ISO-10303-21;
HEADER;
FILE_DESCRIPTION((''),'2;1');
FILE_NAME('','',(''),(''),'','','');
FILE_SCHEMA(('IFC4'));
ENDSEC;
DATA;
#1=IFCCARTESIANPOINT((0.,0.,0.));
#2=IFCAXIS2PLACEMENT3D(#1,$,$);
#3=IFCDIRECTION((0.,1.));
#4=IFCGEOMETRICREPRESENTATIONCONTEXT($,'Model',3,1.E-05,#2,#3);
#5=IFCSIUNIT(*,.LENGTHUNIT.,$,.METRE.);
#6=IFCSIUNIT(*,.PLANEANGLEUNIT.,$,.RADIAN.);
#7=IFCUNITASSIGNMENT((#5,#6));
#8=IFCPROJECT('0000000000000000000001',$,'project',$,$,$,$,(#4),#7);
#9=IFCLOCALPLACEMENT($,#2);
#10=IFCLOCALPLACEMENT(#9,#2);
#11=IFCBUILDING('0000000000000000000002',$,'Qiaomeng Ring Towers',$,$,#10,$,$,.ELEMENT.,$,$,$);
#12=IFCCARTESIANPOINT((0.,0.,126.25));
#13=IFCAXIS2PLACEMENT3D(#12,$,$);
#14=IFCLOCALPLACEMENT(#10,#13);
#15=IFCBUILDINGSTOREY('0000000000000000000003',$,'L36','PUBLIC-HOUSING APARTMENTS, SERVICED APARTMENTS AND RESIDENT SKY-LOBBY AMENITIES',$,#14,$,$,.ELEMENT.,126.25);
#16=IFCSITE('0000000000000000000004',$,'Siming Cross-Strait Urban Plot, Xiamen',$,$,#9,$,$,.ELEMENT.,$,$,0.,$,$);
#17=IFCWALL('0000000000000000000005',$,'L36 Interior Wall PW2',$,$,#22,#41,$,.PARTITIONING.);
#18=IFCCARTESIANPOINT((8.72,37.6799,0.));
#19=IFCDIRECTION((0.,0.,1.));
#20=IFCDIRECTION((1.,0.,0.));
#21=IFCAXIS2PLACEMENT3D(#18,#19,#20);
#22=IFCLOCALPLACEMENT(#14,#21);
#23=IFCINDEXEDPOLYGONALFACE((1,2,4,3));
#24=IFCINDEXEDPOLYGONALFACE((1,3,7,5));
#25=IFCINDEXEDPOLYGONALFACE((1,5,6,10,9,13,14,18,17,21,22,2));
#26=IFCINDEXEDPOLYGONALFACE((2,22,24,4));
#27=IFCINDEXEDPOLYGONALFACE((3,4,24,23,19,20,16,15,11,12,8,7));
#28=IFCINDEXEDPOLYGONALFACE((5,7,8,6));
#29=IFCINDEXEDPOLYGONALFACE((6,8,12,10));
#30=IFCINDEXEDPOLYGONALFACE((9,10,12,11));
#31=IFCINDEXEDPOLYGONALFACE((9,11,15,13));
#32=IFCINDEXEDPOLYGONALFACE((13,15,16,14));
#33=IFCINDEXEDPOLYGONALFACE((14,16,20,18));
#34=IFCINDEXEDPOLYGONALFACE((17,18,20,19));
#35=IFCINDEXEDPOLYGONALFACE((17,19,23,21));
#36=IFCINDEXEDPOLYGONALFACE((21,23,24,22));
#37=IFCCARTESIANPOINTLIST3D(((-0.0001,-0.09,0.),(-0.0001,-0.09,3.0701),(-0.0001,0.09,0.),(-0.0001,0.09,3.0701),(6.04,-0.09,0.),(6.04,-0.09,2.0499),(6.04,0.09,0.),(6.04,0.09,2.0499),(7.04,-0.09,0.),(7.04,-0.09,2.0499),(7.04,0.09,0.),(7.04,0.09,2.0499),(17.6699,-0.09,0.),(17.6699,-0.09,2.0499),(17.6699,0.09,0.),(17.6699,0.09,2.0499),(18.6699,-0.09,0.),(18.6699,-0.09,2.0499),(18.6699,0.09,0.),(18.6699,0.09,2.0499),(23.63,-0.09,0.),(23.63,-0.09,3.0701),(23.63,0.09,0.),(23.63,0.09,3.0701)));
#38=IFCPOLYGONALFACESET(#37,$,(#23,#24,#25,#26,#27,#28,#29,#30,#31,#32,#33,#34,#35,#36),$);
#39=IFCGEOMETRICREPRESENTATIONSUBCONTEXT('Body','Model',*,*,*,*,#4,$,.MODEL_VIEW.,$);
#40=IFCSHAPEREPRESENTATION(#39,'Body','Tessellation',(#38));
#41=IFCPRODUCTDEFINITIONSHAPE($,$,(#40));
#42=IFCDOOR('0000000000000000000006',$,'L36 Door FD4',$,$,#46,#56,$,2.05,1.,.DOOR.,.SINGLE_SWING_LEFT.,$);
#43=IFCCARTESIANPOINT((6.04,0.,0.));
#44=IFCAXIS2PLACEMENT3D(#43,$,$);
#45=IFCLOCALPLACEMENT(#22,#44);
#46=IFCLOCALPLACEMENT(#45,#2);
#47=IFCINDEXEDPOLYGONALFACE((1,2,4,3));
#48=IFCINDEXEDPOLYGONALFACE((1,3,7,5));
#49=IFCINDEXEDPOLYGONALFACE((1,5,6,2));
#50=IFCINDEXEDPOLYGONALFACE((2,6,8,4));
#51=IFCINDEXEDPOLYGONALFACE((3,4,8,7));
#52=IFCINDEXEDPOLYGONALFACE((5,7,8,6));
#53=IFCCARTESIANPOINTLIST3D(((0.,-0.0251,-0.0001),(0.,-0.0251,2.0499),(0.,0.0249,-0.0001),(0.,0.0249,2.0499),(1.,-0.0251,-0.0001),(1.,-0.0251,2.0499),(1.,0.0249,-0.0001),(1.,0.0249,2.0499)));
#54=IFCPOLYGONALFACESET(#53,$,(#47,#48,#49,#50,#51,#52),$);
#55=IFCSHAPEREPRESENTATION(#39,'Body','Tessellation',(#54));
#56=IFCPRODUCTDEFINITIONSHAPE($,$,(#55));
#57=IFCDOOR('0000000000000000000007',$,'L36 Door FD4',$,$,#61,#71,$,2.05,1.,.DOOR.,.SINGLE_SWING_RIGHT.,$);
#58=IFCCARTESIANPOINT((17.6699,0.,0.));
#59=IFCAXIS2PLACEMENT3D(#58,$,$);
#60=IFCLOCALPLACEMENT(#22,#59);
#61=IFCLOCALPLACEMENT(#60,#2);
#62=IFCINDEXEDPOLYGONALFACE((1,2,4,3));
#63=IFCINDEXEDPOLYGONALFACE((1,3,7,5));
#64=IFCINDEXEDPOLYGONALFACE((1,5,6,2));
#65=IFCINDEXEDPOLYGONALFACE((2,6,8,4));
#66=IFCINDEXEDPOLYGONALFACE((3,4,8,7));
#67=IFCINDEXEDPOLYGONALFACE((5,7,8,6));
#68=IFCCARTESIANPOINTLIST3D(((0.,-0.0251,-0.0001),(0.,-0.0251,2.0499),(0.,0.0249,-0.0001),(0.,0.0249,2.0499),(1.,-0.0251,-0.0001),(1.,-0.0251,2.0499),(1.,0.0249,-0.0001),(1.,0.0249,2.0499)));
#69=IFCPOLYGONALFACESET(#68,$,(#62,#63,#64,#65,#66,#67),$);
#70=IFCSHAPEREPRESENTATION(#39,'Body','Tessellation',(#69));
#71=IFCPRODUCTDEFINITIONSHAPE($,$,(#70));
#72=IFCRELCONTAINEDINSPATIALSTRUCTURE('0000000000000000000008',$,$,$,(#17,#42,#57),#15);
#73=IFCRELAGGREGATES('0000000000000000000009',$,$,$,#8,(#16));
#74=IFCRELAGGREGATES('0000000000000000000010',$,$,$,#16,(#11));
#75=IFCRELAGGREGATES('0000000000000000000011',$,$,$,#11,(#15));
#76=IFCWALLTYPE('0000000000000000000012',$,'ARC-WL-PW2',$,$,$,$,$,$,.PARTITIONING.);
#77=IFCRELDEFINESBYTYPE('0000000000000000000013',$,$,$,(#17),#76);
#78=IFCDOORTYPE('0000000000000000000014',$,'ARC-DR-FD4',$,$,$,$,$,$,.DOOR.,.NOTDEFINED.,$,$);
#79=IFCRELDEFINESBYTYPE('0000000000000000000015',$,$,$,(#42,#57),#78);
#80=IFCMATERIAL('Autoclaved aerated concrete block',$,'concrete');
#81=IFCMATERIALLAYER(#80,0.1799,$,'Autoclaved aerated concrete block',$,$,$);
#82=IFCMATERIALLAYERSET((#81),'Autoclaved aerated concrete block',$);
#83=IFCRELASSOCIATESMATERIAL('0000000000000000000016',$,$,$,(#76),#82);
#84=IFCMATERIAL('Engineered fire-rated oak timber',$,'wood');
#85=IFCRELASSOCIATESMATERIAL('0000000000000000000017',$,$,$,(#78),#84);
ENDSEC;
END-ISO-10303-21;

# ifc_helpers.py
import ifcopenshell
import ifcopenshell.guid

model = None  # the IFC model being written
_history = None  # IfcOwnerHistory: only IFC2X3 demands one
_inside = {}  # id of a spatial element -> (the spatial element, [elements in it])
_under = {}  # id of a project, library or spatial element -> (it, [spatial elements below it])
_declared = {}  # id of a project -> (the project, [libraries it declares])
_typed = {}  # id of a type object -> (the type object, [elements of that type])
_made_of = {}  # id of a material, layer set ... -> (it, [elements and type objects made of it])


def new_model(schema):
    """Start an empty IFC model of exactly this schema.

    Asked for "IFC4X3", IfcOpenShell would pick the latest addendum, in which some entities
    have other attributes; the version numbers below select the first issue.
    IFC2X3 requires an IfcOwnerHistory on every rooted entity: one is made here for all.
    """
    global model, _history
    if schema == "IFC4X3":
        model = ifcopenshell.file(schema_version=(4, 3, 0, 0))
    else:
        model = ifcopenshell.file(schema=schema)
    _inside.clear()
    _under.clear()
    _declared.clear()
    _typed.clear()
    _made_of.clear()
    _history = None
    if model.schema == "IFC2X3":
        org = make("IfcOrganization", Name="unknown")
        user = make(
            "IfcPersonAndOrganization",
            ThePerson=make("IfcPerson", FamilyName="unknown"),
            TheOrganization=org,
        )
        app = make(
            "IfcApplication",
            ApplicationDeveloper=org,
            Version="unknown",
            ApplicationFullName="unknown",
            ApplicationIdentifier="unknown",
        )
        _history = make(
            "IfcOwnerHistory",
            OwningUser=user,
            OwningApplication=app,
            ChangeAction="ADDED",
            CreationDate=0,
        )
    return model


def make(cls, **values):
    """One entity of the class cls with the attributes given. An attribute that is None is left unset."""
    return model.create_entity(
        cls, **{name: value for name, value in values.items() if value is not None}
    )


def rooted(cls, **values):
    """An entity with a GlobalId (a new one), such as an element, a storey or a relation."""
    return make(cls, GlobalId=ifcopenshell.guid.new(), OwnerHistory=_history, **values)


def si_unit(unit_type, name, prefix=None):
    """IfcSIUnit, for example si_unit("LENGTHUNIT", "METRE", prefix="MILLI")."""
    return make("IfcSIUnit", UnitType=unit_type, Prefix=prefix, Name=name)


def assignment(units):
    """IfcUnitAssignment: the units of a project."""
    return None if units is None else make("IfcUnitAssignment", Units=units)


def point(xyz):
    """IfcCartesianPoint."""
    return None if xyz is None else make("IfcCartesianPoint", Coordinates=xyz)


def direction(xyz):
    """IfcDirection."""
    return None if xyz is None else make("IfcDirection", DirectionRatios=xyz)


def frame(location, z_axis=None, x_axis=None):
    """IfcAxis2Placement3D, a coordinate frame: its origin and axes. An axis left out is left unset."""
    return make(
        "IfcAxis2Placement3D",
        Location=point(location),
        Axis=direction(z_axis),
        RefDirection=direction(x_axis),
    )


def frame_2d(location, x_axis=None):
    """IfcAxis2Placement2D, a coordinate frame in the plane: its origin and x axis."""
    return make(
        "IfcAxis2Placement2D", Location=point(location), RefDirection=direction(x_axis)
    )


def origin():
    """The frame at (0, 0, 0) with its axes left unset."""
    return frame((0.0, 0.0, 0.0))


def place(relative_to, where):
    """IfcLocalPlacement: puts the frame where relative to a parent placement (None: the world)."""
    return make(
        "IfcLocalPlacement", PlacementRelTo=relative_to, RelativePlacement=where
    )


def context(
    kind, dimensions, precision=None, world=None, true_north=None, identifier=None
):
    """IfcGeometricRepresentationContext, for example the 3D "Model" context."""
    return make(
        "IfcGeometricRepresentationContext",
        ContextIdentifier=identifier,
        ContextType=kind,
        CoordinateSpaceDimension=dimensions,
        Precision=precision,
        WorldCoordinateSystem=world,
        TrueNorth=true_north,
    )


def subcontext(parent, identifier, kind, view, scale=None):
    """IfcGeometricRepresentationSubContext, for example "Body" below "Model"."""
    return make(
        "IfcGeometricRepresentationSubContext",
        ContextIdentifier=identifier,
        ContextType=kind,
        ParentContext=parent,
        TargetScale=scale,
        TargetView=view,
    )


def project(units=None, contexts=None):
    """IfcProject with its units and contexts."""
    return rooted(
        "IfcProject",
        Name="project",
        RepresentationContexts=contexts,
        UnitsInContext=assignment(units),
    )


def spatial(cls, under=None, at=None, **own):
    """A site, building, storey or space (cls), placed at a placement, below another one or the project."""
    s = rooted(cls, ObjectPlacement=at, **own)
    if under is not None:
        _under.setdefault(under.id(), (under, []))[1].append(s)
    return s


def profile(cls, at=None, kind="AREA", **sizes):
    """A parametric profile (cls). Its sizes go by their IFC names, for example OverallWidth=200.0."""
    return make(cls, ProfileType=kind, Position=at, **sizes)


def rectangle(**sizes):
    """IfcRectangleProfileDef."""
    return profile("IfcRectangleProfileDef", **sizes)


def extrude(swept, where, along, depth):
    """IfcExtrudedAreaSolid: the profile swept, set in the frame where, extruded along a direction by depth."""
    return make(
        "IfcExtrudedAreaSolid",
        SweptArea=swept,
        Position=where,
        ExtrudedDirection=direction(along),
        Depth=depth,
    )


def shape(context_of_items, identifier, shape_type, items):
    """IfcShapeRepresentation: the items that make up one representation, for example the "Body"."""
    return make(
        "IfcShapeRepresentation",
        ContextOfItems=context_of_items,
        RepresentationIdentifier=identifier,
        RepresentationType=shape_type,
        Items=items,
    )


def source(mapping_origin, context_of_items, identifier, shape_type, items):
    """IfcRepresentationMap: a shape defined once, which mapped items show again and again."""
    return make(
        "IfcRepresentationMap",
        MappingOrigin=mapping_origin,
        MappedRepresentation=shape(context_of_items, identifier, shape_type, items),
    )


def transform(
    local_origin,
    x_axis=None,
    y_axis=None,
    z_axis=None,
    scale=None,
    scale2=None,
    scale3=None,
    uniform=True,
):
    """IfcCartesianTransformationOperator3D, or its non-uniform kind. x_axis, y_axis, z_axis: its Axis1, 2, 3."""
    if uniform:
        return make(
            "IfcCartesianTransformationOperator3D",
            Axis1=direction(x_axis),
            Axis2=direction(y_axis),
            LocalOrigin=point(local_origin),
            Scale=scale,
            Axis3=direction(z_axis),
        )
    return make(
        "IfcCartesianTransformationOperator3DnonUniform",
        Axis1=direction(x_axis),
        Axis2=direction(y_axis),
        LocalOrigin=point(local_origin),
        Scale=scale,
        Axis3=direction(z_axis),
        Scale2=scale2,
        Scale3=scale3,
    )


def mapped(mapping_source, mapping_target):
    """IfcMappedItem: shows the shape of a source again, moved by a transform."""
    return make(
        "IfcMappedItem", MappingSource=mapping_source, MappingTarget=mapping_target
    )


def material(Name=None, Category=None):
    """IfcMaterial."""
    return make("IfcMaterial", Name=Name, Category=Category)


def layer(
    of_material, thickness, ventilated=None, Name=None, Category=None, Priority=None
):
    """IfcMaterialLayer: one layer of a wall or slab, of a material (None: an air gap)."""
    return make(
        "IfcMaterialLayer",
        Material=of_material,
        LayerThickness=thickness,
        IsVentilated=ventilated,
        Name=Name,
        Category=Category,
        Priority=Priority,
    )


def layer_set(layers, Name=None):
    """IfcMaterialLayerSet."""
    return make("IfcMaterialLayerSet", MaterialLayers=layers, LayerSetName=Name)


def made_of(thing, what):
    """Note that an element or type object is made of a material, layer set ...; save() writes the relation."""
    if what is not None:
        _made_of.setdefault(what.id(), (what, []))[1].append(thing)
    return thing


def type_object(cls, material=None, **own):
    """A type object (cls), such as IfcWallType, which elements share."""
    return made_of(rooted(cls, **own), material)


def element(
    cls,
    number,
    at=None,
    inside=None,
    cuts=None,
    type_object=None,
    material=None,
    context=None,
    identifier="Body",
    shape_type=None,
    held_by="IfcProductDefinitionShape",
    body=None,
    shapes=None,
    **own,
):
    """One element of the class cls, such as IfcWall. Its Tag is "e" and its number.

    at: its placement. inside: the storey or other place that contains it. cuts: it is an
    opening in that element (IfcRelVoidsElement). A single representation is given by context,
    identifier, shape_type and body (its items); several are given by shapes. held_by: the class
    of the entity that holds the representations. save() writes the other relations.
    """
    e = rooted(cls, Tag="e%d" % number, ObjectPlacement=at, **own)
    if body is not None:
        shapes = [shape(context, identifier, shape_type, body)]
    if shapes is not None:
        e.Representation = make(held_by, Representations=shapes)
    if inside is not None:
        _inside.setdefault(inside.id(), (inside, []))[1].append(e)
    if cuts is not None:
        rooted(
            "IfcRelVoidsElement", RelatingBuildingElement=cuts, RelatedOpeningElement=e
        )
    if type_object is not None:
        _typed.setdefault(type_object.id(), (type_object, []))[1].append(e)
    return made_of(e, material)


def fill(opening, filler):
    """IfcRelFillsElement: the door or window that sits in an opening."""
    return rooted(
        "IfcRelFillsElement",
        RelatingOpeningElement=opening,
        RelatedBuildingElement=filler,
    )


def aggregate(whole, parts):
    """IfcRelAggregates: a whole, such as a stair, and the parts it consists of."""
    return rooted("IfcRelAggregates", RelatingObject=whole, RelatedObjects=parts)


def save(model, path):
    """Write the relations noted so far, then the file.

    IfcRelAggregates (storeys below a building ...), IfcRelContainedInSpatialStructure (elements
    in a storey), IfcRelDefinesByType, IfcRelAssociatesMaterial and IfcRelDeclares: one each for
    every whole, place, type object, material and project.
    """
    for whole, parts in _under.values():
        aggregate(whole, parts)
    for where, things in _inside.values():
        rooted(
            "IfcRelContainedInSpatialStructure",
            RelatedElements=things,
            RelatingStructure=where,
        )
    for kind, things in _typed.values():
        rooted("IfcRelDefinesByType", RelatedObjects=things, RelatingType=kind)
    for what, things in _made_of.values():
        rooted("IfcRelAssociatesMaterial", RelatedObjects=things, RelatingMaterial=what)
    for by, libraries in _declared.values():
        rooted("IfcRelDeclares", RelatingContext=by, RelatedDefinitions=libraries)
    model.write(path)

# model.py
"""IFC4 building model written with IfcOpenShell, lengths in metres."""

from ifc_helpers import new_model, si_unit, direction, frame, frame_2d, origin, place, context, subcontext, project, spatial, rectangle, extrude, source, transform, mapped, material, layer, layer_set, type_object, element, fill, save


model = new_model("IFC4")

# Units and contexts
model_context = context("Model", 3, precision=1e-05, world=origin(), true_north=direction((0.0, 1.0)))
body_context = subcontext(model_context, "Body", "Model", "MODEL_VIEW")
ifc_project = project(units=[si_unit("LENGTHUNIT", "METRE"), si_unit("PLANEANGLEUNIT", "RADIAN")], contexts=[model_context])

# Site, building, storey
site_placement = place(None, origin())
site = spatial("IfcSite", under=ifc_project, at=site_placement, Name="Siming Cross-Strait Urban Plot, Xiamen", CompositionType="ELEMENT", RefElevation=0.0)
building_placement = place(site_placement, origin())
building = spatial("IfcBuilding", under=site, at=building_placement, Name="Qiaomeng Ring Towers", CompositionType="ELEMENT")
storey_placement = place(building_placement, frame((0.0, 0.0, 126.25)))
storey = spatial("IfcBuildingStorey", under=building, at=storey_placement, Name="L36", Description="PUBLIC-HOUSING APARTMENTS, SERVICED APARTMENTS AND RESIDENT SKY-LOBBY AMENITIES", CompositionType="ELEMENT", Elevation=126.25)

# Wall, openings, doors
ifc_material_1 = material(Name="Autoclaved aerated concrete block", Category="concrete")
ifc_layer_1 = layer(ifc_material_1, 0.1799, Name="Autoclaved aerated concrete block")
ifc_layer_set_1 = layer_set([ifc_layer_1], Name="Autoclaved aerated concrete block")
wall_type_1 = type_object("IfcWallType", Name="ARC-WL-PW2", PredefinedType="PARTITIONING", material=ifc_layer_set_1)
wall_1_placement = place(storey_placement, frame((8.72, 37.6799, 0.0), z_axis=(0.0, 0.0, 1.0), x_axis=(1.0, 0.0, 0.0)))
wall_1 = element("IfcWall", 1, at=wall_1_placement, inside=storey, type_object=wall_type_1, Name="L36 Interior Wall PW2", PredefinedType="PARTITIONING", context=body_context, shape_type="SweptSolid", body=[
    extrude(rectangle(XDim=23.6301, YDim=0.1799, at=frame_2d((11.8149, 0.0))), origin(), (0.0, 0.0, 1.0), 3.0701),
])
opening_1_placement = place(wall_1_placement, frame((6.04, 0.0, 0.0)))
opening_1 = element("IfcOpeningElement", 2, at=opening_1_placement, cuts=wall_1, PredefinedType="OPENING", context=body_context, shape_type="SweptSolid", body=[
    extrude(rectangle(XDim=1.0, YDim=2.05, at=frame_2d((0.5, 1.0249))), frame((0.0, 0.0999, 0.0), z_axis=(0.0, -1.0, 0.0), x_axis=(1.0, 0.0, 0.0)), (0.0, 0.0, 1.0), 0.2),
])
opening_2_placement = place(wall_1_placement, frame((17.6699, 0.0, 0.0)))
opening_2 = element("IfcOpeningElement", 3, at=opening_2_placement, cuts=wall_1, PredefinedType="OPENING", context=body_context, shape_type="SweptSolid", body=[
    extrude(rectangle(XDim=1.0, YDim=2.05, at=frame_2d((0.5, 1.0249))), frame((0.0, 0.0999, 0.0), z_axis=(0.0, -1.0, 0.0), x_axis=(1.0, 0.0, 0.0)), (0.0, 0.0, 1.0), 0.2),
])
ifc_material_2 = material(Name="Engineered fire-rated oak timber", Category="wood")
door_type_1 = type_object("IfcDoorType", Name="ARC-DR-FD4", OperationType="NOTDEFINED", PredefinedType="DOOR", material=ifc_material_2)
shared_shape_1 = source(origin(), body_context, "Body", "SweptSolid", [
    extrude(rectangle(XDim=1.0, YDim=2.05, at=frame_2d((0.5, 1.0249))), frame((0.0, 0.0249, 0.0), z_axis=(0.0, -1.0, 0.0), x_axis=(1.0, 0.0, 0.0)), (0.0, 0.0, 1.0), 0.05),
])
door_1_placement = place(opening_1_placement, origin())
door_1 = element("IfcDoor", 4, at=door_1_placement, inside=storey, type_object=door_type_1, Name="L36 Door FD4", OperationType="SINGLE_SWING_LEFT", OverallHeight=2.05, OverallWidth=1.0, PredefinedType="DOOR", context=body_context, shape_type="MappedRepresentation", body=[
    mapped(shared_shape_1, transform((0.0, 0.0, 0.0), x_axis=(1.0, 0.0, 0.0), y_axis=(0.0, 1.0, 0.0), z_axis=(0.0, 0.0, 1.0), scale=1.0)),
])
fill(opening_1, door_1)
door_2_placement = place(opening_2_placement, origin())
door_2 = element("IfcDoor", 5, at=door_2_placement, inside=storey, type_object=door_type_1, Name="L36 Door FD4", OperationType="SINGLE_SWING_RIGHT", OverallHeight=2.05, OverallWidth=1.0, PredefinedType="DOOR", context=body_context, shape_type="MappedRepresentation", body=[
    mapped(shared_shape_1, transform((0.0, 0.0, 0.0), x_axis=(1.0, 0.0, 0.0), y_axis=(0.0, 1.0, 0.0), z_axis=(0.0, 0.0, 1.0), scale=1.0)),
])
fill(opening_2, door_2)

save(model, "model.ifc")
